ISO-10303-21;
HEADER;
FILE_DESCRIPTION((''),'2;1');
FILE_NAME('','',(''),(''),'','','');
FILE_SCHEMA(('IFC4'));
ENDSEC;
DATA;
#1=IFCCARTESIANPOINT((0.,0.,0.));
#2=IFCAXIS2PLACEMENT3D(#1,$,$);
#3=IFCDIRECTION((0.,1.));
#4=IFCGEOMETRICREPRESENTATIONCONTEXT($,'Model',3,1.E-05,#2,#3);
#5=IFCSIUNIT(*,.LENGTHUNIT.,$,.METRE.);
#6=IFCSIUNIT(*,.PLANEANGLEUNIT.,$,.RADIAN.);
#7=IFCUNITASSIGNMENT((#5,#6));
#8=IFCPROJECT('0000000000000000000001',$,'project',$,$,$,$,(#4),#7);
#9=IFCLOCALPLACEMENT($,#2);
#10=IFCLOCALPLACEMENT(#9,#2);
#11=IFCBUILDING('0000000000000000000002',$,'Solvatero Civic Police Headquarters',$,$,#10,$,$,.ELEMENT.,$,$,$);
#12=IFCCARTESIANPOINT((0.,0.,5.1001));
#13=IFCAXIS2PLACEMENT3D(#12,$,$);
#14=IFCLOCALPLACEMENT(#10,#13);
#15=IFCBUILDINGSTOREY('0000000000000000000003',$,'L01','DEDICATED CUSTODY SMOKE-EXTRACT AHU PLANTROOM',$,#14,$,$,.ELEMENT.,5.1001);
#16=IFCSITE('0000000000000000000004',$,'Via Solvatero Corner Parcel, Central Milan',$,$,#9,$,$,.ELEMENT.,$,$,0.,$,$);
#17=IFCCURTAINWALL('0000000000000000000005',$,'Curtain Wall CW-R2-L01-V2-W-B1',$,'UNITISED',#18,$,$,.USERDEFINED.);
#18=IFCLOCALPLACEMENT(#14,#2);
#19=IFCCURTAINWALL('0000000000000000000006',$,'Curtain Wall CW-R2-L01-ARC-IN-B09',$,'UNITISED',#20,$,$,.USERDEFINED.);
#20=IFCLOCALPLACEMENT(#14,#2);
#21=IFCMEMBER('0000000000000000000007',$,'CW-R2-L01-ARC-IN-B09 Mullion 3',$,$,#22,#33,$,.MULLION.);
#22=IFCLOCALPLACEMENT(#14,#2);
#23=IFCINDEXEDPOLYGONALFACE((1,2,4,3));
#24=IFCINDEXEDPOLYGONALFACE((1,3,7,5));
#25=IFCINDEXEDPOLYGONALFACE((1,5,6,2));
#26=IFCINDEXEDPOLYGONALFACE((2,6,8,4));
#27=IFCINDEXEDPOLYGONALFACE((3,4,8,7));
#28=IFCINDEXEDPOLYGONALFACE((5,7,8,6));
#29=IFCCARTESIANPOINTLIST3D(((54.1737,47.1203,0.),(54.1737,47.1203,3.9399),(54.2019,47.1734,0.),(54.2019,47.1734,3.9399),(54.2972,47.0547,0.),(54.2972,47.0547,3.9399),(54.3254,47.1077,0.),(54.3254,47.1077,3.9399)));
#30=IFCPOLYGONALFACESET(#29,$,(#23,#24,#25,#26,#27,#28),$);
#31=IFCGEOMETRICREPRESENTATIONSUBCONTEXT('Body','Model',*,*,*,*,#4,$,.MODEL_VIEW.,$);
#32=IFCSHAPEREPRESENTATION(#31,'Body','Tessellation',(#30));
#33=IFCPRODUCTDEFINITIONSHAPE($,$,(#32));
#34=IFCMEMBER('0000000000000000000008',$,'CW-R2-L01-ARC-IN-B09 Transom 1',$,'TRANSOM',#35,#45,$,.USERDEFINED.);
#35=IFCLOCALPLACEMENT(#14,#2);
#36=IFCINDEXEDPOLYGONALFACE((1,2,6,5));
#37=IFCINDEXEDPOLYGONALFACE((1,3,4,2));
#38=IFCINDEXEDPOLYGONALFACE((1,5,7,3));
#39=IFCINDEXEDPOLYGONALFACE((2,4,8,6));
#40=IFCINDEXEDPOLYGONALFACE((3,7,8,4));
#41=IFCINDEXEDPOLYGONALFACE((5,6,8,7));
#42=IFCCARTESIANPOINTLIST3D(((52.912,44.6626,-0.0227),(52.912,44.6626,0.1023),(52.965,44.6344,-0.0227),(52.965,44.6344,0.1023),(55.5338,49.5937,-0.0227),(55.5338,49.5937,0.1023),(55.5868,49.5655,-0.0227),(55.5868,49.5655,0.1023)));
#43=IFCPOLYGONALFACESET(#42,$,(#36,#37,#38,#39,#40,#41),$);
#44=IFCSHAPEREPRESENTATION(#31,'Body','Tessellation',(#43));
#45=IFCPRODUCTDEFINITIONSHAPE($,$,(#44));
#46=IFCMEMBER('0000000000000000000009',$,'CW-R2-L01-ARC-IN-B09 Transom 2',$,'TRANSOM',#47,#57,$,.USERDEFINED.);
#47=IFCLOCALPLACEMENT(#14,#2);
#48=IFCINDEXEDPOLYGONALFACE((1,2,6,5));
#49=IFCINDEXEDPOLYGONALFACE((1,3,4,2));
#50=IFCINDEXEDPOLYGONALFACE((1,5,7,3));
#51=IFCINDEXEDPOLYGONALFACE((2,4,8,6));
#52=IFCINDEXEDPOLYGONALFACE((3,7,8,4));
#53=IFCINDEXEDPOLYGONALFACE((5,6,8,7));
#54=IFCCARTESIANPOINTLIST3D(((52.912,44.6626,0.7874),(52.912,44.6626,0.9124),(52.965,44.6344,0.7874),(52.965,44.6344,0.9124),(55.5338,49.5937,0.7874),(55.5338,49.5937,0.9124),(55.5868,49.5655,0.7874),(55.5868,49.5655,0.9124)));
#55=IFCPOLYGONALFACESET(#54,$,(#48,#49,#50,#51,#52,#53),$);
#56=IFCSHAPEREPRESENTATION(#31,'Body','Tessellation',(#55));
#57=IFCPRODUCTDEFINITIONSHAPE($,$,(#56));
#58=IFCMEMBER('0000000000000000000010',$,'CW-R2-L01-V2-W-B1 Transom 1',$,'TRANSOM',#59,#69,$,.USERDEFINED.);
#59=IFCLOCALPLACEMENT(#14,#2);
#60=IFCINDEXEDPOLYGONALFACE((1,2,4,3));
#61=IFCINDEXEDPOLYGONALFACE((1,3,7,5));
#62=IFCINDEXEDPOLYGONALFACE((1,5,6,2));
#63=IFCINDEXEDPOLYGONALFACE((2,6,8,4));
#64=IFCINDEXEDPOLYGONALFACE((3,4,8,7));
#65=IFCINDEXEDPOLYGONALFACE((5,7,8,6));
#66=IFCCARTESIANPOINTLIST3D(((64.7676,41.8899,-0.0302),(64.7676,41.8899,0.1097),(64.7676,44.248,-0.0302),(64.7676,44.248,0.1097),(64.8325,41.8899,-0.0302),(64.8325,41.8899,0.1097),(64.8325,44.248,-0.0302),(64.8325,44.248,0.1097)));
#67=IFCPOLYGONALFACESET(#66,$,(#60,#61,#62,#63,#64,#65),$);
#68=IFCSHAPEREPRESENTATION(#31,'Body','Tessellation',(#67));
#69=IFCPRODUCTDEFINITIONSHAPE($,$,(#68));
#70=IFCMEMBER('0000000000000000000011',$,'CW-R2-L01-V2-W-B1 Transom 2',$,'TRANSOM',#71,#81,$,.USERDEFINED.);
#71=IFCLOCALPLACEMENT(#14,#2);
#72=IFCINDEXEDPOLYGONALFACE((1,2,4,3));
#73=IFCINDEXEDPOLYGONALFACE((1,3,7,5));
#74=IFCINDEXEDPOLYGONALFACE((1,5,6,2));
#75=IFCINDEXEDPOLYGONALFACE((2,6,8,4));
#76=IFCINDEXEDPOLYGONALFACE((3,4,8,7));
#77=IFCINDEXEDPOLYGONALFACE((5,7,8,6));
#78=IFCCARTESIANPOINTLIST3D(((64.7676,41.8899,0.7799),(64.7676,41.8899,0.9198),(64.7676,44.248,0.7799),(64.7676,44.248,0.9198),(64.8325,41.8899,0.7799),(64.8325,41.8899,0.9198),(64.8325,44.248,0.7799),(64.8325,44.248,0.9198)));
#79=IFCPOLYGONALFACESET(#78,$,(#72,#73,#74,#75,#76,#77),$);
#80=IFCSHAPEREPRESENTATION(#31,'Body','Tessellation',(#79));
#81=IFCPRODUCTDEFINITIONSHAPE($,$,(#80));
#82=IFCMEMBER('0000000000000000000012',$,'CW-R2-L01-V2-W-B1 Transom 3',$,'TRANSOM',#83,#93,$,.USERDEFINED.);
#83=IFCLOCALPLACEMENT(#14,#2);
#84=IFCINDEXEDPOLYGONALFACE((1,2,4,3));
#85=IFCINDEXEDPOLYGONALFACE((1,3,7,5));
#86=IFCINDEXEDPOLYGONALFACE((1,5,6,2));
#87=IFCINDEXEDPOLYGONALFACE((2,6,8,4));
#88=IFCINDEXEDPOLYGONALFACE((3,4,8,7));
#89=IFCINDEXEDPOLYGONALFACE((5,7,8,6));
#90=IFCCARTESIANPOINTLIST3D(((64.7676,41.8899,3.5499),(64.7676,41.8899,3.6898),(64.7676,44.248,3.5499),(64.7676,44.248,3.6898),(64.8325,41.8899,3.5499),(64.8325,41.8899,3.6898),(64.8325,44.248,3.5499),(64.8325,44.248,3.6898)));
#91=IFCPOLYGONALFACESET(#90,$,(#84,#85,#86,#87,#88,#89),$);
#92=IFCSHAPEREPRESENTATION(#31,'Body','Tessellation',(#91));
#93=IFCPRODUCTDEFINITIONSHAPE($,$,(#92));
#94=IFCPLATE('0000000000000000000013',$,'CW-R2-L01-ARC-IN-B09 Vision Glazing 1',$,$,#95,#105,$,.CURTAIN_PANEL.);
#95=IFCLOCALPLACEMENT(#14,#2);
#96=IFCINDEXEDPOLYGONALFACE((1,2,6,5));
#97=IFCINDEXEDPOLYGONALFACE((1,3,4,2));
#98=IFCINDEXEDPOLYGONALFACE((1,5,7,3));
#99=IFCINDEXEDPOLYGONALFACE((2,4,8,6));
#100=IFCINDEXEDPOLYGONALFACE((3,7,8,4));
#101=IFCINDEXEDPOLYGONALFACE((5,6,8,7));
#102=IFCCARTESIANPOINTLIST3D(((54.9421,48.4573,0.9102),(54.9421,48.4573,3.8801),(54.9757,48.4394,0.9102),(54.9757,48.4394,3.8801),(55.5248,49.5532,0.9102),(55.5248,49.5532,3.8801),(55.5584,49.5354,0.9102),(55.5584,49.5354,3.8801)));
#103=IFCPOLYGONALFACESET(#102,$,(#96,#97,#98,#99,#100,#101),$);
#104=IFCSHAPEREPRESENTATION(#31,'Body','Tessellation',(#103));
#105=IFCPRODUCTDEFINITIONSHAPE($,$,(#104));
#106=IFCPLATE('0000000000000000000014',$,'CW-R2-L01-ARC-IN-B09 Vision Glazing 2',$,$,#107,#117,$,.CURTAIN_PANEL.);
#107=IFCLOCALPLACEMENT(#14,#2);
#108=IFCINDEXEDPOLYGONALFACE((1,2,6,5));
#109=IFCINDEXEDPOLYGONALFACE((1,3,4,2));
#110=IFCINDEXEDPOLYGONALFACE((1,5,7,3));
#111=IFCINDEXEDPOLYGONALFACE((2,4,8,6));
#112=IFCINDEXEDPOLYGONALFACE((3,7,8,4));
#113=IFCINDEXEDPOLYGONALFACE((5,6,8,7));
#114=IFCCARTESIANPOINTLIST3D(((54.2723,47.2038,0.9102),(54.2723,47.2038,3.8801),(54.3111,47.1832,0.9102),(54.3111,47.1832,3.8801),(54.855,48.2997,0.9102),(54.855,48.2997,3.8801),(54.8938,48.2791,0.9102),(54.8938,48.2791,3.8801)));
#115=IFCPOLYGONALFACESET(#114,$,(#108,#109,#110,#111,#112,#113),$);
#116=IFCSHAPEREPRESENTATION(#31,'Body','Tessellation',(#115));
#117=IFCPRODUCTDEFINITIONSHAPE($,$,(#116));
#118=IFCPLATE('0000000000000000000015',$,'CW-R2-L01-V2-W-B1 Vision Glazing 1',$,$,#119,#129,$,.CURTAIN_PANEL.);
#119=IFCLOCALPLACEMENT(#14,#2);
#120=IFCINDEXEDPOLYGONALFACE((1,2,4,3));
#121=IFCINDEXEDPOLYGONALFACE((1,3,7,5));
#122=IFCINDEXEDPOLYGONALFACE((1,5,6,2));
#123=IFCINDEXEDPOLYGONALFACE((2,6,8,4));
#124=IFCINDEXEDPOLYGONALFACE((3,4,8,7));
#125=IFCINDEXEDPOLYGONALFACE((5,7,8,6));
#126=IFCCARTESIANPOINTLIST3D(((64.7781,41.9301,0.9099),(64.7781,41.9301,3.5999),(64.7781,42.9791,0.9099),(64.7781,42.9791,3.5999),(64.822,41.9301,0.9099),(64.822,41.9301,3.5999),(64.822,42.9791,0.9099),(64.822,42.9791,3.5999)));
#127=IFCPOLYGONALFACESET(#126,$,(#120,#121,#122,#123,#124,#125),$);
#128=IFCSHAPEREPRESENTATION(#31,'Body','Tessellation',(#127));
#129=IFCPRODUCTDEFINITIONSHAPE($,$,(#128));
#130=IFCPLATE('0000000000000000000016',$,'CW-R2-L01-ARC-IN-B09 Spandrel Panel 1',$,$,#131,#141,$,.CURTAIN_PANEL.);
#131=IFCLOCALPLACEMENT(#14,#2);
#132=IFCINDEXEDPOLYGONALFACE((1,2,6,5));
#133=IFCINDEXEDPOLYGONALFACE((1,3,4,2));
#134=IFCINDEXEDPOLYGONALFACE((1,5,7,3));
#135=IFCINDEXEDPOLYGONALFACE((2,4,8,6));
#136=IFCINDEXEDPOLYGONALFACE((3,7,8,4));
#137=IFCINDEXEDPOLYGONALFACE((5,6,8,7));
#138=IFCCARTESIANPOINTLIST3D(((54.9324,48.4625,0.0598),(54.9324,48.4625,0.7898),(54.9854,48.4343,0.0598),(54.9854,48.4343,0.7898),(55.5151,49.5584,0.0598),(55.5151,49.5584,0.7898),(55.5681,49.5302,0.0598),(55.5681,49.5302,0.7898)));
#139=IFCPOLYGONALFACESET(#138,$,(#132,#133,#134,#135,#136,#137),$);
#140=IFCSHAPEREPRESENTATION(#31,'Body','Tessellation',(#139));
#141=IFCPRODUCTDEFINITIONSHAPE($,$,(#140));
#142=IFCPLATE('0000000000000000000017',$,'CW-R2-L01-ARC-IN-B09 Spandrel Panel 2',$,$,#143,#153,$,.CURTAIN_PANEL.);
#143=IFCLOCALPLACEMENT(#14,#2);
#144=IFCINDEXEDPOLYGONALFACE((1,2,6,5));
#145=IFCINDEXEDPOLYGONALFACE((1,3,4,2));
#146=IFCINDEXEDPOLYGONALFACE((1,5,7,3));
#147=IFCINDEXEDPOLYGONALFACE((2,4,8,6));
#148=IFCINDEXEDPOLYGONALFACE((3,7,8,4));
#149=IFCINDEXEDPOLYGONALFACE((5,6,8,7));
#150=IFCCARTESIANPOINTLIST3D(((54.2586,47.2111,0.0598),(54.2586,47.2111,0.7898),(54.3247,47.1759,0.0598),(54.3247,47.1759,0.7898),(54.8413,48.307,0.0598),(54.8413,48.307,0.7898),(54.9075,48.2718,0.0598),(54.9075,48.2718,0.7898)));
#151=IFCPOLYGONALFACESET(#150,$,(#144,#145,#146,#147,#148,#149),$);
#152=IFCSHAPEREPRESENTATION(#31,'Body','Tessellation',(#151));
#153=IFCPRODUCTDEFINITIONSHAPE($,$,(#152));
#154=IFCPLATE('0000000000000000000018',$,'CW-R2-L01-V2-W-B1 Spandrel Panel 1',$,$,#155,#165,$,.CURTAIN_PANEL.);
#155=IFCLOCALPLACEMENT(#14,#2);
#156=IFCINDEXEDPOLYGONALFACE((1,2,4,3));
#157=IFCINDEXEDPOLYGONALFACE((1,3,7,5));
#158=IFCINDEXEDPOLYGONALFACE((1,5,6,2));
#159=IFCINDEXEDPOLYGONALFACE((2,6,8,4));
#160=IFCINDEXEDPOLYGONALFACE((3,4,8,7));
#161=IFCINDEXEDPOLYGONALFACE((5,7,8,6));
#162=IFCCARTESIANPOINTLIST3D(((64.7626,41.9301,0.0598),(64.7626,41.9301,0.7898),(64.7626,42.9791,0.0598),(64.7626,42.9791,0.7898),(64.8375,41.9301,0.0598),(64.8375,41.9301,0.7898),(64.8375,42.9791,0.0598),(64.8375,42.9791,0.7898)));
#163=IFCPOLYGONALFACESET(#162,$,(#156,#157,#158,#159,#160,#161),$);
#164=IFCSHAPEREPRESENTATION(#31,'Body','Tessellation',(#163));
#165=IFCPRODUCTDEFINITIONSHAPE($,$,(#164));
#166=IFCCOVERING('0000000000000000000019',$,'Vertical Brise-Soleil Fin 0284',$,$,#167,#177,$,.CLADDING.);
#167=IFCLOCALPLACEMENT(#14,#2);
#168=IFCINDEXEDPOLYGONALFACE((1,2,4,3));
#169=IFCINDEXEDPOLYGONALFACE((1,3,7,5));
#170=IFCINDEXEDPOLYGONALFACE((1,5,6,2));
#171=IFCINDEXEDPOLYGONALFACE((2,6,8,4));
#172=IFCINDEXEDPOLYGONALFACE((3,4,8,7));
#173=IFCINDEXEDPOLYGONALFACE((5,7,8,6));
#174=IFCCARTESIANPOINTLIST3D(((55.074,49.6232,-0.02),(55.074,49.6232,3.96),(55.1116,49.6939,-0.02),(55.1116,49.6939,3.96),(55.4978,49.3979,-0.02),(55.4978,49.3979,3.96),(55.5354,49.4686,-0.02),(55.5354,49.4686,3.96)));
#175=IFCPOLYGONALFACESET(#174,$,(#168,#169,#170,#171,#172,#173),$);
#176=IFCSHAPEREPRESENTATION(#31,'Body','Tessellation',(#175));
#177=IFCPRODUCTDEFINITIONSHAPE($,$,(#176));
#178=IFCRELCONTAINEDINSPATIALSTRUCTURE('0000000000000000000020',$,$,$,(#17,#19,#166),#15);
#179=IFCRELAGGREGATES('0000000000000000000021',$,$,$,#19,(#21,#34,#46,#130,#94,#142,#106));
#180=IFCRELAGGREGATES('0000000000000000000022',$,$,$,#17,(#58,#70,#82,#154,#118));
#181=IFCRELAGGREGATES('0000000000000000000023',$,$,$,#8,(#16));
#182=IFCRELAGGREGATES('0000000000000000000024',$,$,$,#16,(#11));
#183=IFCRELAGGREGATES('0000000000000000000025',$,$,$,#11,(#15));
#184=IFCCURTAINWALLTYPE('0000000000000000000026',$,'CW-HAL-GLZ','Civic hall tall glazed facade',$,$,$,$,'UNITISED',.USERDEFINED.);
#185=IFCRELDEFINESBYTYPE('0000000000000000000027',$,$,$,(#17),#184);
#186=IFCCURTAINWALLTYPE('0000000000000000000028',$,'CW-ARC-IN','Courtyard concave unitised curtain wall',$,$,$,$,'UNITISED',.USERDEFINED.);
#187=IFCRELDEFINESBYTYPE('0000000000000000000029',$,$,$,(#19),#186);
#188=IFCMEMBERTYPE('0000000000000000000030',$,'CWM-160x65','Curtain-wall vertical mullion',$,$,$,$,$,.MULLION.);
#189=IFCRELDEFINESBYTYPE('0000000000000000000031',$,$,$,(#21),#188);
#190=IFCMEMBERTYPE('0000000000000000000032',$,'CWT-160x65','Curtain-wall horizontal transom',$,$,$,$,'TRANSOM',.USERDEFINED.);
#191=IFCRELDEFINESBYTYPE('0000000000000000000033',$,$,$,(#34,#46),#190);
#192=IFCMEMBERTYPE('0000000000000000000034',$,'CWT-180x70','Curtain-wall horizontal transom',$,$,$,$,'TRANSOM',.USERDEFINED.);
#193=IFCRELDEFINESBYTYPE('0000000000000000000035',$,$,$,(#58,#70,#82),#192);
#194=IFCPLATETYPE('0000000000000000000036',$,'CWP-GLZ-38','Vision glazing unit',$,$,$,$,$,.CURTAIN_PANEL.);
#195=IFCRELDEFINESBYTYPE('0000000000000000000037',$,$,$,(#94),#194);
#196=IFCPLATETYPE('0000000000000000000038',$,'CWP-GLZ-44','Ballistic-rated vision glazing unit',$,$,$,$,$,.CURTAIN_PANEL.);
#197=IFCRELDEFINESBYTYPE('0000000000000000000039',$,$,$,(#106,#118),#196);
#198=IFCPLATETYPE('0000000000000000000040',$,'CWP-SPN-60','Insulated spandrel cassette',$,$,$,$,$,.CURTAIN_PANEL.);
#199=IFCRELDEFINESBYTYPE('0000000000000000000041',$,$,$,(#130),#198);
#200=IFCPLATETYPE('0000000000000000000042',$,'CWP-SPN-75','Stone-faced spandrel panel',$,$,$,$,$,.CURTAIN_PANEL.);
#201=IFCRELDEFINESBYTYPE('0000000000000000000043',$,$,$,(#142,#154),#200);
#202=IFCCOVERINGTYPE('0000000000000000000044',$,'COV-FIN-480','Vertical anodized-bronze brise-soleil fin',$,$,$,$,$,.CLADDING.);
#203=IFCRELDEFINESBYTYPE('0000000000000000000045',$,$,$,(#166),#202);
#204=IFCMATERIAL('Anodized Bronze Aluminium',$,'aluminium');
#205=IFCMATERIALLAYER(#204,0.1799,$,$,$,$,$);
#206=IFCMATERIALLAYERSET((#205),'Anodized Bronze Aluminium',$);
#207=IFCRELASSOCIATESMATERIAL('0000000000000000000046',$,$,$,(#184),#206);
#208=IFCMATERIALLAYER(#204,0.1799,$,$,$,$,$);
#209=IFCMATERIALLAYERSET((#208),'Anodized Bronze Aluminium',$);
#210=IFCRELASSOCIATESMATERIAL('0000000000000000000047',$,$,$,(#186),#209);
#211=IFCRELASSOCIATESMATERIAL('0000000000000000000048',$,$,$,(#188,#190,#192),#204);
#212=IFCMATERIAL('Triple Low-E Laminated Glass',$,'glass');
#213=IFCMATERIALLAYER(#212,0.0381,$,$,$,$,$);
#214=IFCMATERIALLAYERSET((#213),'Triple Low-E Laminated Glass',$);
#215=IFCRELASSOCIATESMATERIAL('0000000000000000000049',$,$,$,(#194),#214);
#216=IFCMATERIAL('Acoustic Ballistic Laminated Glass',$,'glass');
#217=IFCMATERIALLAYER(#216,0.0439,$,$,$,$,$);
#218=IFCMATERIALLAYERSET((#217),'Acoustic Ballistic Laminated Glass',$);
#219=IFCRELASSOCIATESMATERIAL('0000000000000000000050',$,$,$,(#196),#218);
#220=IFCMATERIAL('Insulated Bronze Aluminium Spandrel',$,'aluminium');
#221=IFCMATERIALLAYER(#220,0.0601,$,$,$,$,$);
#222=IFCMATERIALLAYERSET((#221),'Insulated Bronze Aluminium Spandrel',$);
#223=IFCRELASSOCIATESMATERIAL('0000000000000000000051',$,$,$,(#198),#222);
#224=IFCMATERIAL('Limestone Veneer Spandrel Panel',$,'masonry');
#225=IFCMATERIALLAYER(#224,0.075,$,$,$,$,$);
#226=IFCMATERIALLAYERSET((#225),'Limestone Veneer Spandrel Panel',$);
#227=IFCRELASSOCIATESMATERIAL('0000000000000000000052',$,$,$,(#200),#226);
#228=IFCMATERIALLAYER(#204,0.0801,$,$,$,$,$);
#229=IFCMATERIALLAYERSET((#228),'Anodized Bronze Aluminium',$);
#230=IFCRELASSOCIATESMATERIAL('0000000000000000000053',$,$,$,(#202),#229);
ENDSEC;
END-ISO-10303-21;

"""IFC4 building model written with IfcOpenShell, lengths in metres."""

from ifc_helpers import new_model, si_unit, direction, frame, origin, origin_2d, place, context, subcontext, project, spatial, rectangle, extrude, material, layer, layer_set, material_profile, profile_set, type_object, element, aggregate, save


model = new_model("IFC4")

# Units and contexts
model_context = context("Model", 3, precision=1e-05, world=origin(), true_north=direction((0.0, 1.0)))
body_context = subcontext(model_context, "Body", "Model", "MODEL_VIEW")
ifc_project = project(units=[si_unit("LENGTHUNIT", "METRE"), si_unit("PLANEANGLEUNIT", "RADIAN")], contexts=[model_context])

# Site, building, storey
site_placement = place(None, origin())
site = spatial("IfcSite", under=ifc_project, at=site_placement, Name="Via Solvatero Corner Parcel, Central Milan", CompositionType="ELEMENT", RefElevation=0.0)
building_placement = place(site_placement, origin())
building = spatial("IfcBuilding", under=site, at=building_placement, Name="Solvatero Civic Police Headquarters", CompositionType="ELEMENT")
storey_placement = place(building_placement, frame((0.0, 0.0, 5.1001)))
storey = spatial("IfcBuildingStorey", under=building, at=storey_placement, Name="L01", Description="DEDICATED CUSTODY SMOKE-EXTRACT AHU PLANTROOM", CompositionType="ELEMENT", Elevation=5.1001)

# Curtain walls, members
ifc_material_1 = material(Name="Anodized Bronze Aluminium", Category="aluminium")
ifc_layer_1 = layer(ifc_material_1, 0.1799)
ifc_layer_set_1 = layer_set([ifc_layer_1], Name="Anodized Bronze Aluminium")
curtain_wall_type_1 = type_object("IfcCurtainWallType", Name="CW-HAL-GLZ", Description="Civic hall tall glazed facade", ElementType="UNITISED", PredefinedType="USERDEFINED", material=ifc_layer_set_1)
curtain_wall_1_placement = place(storey_placement, origin())
curtain_wall_1 = element("IfcCurtainWall", 1, at=curtain_wall_1_placement, inside=storey, type_object=curtain_wall_type_1, Name="Curtain Wall CW-R2-L01-V2-W-B1", ObjectType="UNITISED", PredefinedType="USERDEFINED")
ifc_layer_2 = layer(ifc_material_1, 0.1799)
ifc_layer_set_2 = layer_set([ifc_layer_2], Name="Anodized Bronze Aluminium")
curtain_wall_type_2 = type_object("IfcCurtainWallType", Name="CW-ARC-IN", Description="Courtyard concave unitised curtain wall", ElementType="UNITISED", PredefinedType="USERDEFINED", material=ifc_layer_set_2)
curtain_wall_2_placement = place(storey_placement, origin())
curtain_wall_2 = element("IfcCurtainWall", 2, at=curtain_wall_2_placement, inside=storey, type_object=curtain_wall_type_2, Name="Curtain Wall CW-R2-L01-ARC-IN-B09", ObjectType="UNITISED", PredefinedType="USERDEFINED")
ifc_material_profile_1 = material_profile(ifc_material_1, rectangle(XDim=0.0601, YDim=0.1399, at=origin_2d()), Name="ALU MULLION 60x140")
ifc_profile_set_1 = profile_set([ifc_material_profile_1], Name="Anodized Bronze Aluminium")
member_type_1 = type_object("IfcMemberType", Name="CWM-160x65", Description="Curtain-wall vertical mullion", PredefinedType="MULLION", material=ifc_profile_set_1)
member_1_placement = place(storey_placement, frame((54.2495, 47.114, 0.0), z_axis=(0.0, 0.0, 1.0), x_axis=(-0.469472, -0.882948, 0.0)))
member_1 = element("IfcMember", 3, at=member_1_placement, type_object=member_type_1, Name="CW-R2-L01-ARC-IN-B09 Mullion 3", PredefinedType="MULLION", context=body_context, shape_type="SweptSolid", body=[
    extrude(rectangle(XDim=0.0601, YDim=0.1399, at=origin_2d()), origin(), (0.0, 0.0, 1.0), 3.9399),
])
ifc_material_profile_2 = material_profile(ifc_material_1, rectangle(XDim=0.0601, YDim=0.125, at=origin_2d()), Name="ALU TRANSOM 60x125")
ifc_profile_set_2 = profile_set([ifc_material_profile_2], Name="Anodized Bronze Aluminium")
member_type_2 = type_object("IfcMemberType", Name="CWT-160x65", Description="Curtain-wall horizontal transom", ElementType="TRANSOM", PredefinedType="USERDEFINED", material=ifc_profile_set_2)
member_2_placement = place(storey_placement, frame((55.5603, 49.5796, 0.0398), z_axis=(-0.469456, -0.882956, 0.0), x_axis=(0.882956, -0.469456, 0.0)))
member_2 = element("IfcMember", 4, at=member_2_placement, type_object=member_type_2, Name="CW-R2-L01-ARC-IN-B09 Transom 1", ObjectType="TRANSOM", PredefinedType="USERDEFINED", context=body_context, shape_type="SweptSolid", body=[
    extrude(rectangle(XDim=0.0601, YDim=0.125, at=origin_2d()), origin(), (0.0, 0.0, 1.0), 5.5847),
])
member_3_placement = place(storey_placement, frame((55.5603, 49.5796, 0.8499), z_axis=(-0.469456, -0.882956, 0.0), x_axis=(0.882956, -0.469456, 0.0)))
member_3 = element("IfcMember", 5, at=member_3_placement, type_object=member_type_2, Name="CW-R2-L01-ARC-IN-B09 Transom 2", ObjectType="TRANSOM", PredefinedType="USERDEFINED", context=body_context, shape_type="SweptSolid", body=[
    extrude(rectangle(XDim=0.0601, YDim=0.125, at=origin_2d()), origin(), (0.0, 0.0, 1.0), 5.5847),
])

# Members
ifc_material_profile_3 = material_profile(ifc_material_1, rectangle(XDim=0.0649, YDim=0.1399, at=origin_2d()), Name="ALU TRANSOM 65x140")
ifc_profile_set_3 = profile_set([ifc_material_profile_3], Name="Anodized Bronze Aluminium")
member_type_3 = type_object("IfcMemberType", Name="CWT-180x70", Description="Curtain-wall horizontal transom", ElementType="TRANSOM", PredefinedType="USERDEFINED", material=ifc_profile_set_3)
member_4_placement = place(storey_placement, frame((64.8, 41.8899, 0.0398), z_axis=(0.0, 1.0, 0.0), x_axis=(-1.0, 0.0, 0.0)))
member_4 = element("IfcMember", 6, at=member_4_placement, type_object=member_type_3, Name="CW-R2-L01-V2-W-B1 Transom 1", ObjectType="TRANSOM", PredefinedType="USERDEFINED", context=body_context, shape_type="SweptSolid", body=[
    extrude(rectangle(XDim=0.0649, YDim=0.1399, at=origin_2d()), origin(), (0.0, 0.0, 1.0), 2.3582),
])
member_5_placement = place(storey_placement, frame((64.8, 41.8899, 0.8499), z_axis=(0.0, 1.0, 0.0), x_axis=(-1.0, 0.0, 0.0)))
member_5 = element("IfcMember", 7, at=member_5_placement, type_object=member_type_3, Name="CW-R2-L01-V2-W-B1 Transom 2", ObjectType="TRANSOM", PredefinedType="USERDEFINED", context=body_context, shape_type="SweptSolid", body=[
    extrude(rectangle(XDim=0.0649, YDim=0.1399, at=origin_2d()), origin(), (0.0, 0.0, 1.0), 2.3582),
])
member_6_placement = place(storey_placement, frame((64.8, 41.8899, 3.6199), z_axis=(0.0, 1.0, 0.0), x_axis=(-1.0, 0.0, 0.0)))
member_6 = element("IfcMember", 8, at=member_6_placement, type_object=member_type_3, Name="CW-R2-L01-V2-W-B1 Transom 3", ObjectType="TRANSOM", PredefinedType="USERDEFINED", context=body_context, shape_type="SweptSolid", body=[
    extrude(rectangle(XDim=0.0649, YDim=0.1399, at=origin_2d()), origin(), (0.0, 0.0, 1.0), 2.3582),
])

# Plates
ifc_material_2 = material(Name="Triple Low-E Laminated Glass", Category="glass")
ifc_layer_3 = layer(ifc_material_2, 0.0381)
ifc_layer_set_3 = layer_set([ifc_layer_3], Name="Triple Low-E Laminated Glass")
plate_type_1 = type_object("IfcPlateType", Name="CWP-GLZ-38", Description="Vision glazing unit", PredefinedType="CURTAIN_PANEL", material=ifc_layer_set_3)
plate_1_placement = place(storey_placement, frame((55.2502, 48.9963, 0.9102), z_axis=(0.0, 0.0, 1.0), x_axis=(-0.469472, -0.882948, 0.0)))
plate_1 = element("IfcPlate", 9, at=plate_1_placement, type_object=plate_type_1, Name="CW-R2-L01-ARC-IN-B09 Vision Glazing 1", PredefinedType="CURTAIN_PANEL", context=body_context, shape_type="SweptSolid", body=[
    extrude(rectangle(XDim=1.2412, YDim=0.0381, at=origin_2d()), origin(), (0.0, 0.0, 1.0), 2.97),
])
ifc_material_3 = material(Name="Acoustic Ballistic Laminated Glass", Category="glass")
ifc_layer_4 = layer(ifc_material_3, 0.0439)
ifc_layer_set_4 = layer_set([ifc_layer_4], Name="Acoustic Ballistic Laminated Glass")
plate_type_2 = type_object("IfcPlateType", Name="CWP-GLZ-44", Description="Ballistic-rated vision glazing unit", PredefinedType="CURTAIN_PANEL", material=ifc_layer_set_4)
plate_2_placement = place(storey_placement, frame((54.583, 47.7415, 0.9102), z_axis=(0.0, 0.0, 1.0), x_axis=(-0.469472, -0.882948, 0.0)))
plate_2 = element("IfcPlate", 10, at=plate_2_placement, type_object=plate_type_2, Name="CW-R2-L01-ARC-IN-B09 Vision Glazing 2", PredefinedType="CURTAIN_PANEL", context=body_context, shape_type="SweptSolid", body=[
    extrude(rectangle(XDim=1.2412, YDim=0.0439, at=origin_2d()), origin(), (0.0, 0.0, 1.0), 2.97),
])
plate_3_placement = place(storey_placement, frame((64.8, 42.4546, 0.9099), z_axis=(0.0, 0.0, 1.0), x_axis=(0.0, 1.0, 0.0)))
plate_3 = element("IfcPlate", 11, at=plate_3_placement, type_object=plate_type_2, Name="CW-R2-L01-V2-W-B1 Vision Glazing 1", PredefinedType="CURTAIN_PANEL", context=body_context, shape_type="SweptSolid", body=[
    extrude(rectangle(XDim=1.0491, YDim=0.0439, at=origin_2d()), origin(), (0.0, 0.0, 1.0), 2.6899),
])
ifc_material_4 = material(Name="Insulated Bronze Aluminium Spandrel", Category="aluminium")
ifc_layer_5 = layer(ifc_material_4, 0.0601)
ifc_layer_set_5 = layer_set([ifc_layer_5], Name="Insulated Bronze Aluminium Spandrel")
plate_type_3 = type_object("IfcPlateType", Name="CWP-SPN-60", Description="Insulated spandrel cassette", PredefinedType="CURTAIN_PANEL", material=ifc_layer_set_5)
plate_4_placement = place(storey_placement, frame((55.2502, 48.9963, 0.0598), z_axis=(0.0, 0.0, 1.0), x_axis=(-0.469472, -0.882948, 0.0)))
plate_4 = element("IfcPlate", 12, at=plate_4_placement, type_object=plate_type_3, Name="CW-R2-L01-ARC-IN-B09 Spandrel Panel 1", PredefinedType="CURTAIN_PANEL", context=body_context, shape_type="SweptSolid", body=[
    extrude(rectangle(XDim=1.2412, YDim=0.0601, at=origin_2d()), origin(), (0.0, 0.0, 1.0), 0.73),
])
ifc_material_5 = material(Name="Limestone Veneer Spandrel Panel", Category="masonry")
ifc_layer_6 = layer(ifc_material_5, 0.075)
ifc_layer_set_6 = layer_set([ifc_layer_6], Name="Limestone Veneer Spandrel Panel")
plate_type_4 = type_object("IfcPlateType", Name="CWP-SPN-75", Description="Stone-faced spandrel panel", PredefinedType="CURTAIN_PANEL", material=ifc_layer_set_6)
plate_5_placement = place(storey_placement, frame((54.583, 47.7415, 0.0598), z_axis=(0.0, 0.0, 1.0), x_axis=(-0.469472, -0.882948, 0.0)))
plate_5 = element("IfcPlate", 13, at=plate_5_placement, type_object=plate_type_4, Name="CW-R2-L01-ARC-IN-B09 Spandrel Panel 2", PredefinedType="CURTAIN_PANEL", context=body_context, shape_type="SweptSolid", body=[
    extrude(rectangle(XDim=1.2412, YDim=0.075, at=origin_2d()), origin(), (0.0, 0.0, 1.0), 0.73),
])
aggregate(curtain_wall_2, [member_1, member_2, member_3, plate_4, plate_1, plate_5, plate_2])
plate_6_placement = place(storey_placement, frame((64.8, 42.4546, 0.0598), z_axis=(0.0, 0.0, 1.0), x_axis=(0.0, 1.0, 0.0)))
plate_6 = element("IfcPlate", 14, at=plate_6_placement, type_object=plate_type_4, Name="CW-R2-L01-V2-W-B1 Spandrel Panel 1", PredefinedType="CURTAIN_PANEL", context=body_context, shape_type="SweptSolid", body=[
    extrude(rectangle(XDim=1.0491, YDim=0.075, at=origin_2d()), origin(), (0.0, 0.0, 1.0), 0.73),
])
aggregate(curtain_wall_1, [member_4, member_5, member_6, plate_6, plate_3])

# Covering
ifc_layer_7 = layer(ifc_material_1, 0.0801)
ifc_layer_set_7 = layer_set([ifc_layer_7], Name="Anodized Bronze Aluminium")
covering_type_1 = type_object("IfcCoveringType", Name="COV-FIN-480", Description="Vertical anodized-bronze brise-soleil fin", PredefinedType="CLADDING", material=ifc_layer_set_7)
for number, where, z_axis, x_axis, name in (
    (15, (55.3047, 49.5459, -0.02), (0.0, 0.0, 1.0), (-0.469472, -0.882948, 0.0), "Vertical Brise-Soleil Fin 0284"),
):
    element("IfcCovering", number, at=place(storey_placement, frame(where, z_axis=z_axis, x_axis=x_axis)), inside=storey, type_object=covering_type_1, Name=name, PredefinedType="CLADDING", context=body_context, shape_type="SweptSolid", body=[
        extrude(rectangle(XDim=0.0801, YDim=0.48, at=origin_2d()), origin(), (0.0, 0.0, 1.0), 3.98),
    ])

save(model, "model.ifc")
